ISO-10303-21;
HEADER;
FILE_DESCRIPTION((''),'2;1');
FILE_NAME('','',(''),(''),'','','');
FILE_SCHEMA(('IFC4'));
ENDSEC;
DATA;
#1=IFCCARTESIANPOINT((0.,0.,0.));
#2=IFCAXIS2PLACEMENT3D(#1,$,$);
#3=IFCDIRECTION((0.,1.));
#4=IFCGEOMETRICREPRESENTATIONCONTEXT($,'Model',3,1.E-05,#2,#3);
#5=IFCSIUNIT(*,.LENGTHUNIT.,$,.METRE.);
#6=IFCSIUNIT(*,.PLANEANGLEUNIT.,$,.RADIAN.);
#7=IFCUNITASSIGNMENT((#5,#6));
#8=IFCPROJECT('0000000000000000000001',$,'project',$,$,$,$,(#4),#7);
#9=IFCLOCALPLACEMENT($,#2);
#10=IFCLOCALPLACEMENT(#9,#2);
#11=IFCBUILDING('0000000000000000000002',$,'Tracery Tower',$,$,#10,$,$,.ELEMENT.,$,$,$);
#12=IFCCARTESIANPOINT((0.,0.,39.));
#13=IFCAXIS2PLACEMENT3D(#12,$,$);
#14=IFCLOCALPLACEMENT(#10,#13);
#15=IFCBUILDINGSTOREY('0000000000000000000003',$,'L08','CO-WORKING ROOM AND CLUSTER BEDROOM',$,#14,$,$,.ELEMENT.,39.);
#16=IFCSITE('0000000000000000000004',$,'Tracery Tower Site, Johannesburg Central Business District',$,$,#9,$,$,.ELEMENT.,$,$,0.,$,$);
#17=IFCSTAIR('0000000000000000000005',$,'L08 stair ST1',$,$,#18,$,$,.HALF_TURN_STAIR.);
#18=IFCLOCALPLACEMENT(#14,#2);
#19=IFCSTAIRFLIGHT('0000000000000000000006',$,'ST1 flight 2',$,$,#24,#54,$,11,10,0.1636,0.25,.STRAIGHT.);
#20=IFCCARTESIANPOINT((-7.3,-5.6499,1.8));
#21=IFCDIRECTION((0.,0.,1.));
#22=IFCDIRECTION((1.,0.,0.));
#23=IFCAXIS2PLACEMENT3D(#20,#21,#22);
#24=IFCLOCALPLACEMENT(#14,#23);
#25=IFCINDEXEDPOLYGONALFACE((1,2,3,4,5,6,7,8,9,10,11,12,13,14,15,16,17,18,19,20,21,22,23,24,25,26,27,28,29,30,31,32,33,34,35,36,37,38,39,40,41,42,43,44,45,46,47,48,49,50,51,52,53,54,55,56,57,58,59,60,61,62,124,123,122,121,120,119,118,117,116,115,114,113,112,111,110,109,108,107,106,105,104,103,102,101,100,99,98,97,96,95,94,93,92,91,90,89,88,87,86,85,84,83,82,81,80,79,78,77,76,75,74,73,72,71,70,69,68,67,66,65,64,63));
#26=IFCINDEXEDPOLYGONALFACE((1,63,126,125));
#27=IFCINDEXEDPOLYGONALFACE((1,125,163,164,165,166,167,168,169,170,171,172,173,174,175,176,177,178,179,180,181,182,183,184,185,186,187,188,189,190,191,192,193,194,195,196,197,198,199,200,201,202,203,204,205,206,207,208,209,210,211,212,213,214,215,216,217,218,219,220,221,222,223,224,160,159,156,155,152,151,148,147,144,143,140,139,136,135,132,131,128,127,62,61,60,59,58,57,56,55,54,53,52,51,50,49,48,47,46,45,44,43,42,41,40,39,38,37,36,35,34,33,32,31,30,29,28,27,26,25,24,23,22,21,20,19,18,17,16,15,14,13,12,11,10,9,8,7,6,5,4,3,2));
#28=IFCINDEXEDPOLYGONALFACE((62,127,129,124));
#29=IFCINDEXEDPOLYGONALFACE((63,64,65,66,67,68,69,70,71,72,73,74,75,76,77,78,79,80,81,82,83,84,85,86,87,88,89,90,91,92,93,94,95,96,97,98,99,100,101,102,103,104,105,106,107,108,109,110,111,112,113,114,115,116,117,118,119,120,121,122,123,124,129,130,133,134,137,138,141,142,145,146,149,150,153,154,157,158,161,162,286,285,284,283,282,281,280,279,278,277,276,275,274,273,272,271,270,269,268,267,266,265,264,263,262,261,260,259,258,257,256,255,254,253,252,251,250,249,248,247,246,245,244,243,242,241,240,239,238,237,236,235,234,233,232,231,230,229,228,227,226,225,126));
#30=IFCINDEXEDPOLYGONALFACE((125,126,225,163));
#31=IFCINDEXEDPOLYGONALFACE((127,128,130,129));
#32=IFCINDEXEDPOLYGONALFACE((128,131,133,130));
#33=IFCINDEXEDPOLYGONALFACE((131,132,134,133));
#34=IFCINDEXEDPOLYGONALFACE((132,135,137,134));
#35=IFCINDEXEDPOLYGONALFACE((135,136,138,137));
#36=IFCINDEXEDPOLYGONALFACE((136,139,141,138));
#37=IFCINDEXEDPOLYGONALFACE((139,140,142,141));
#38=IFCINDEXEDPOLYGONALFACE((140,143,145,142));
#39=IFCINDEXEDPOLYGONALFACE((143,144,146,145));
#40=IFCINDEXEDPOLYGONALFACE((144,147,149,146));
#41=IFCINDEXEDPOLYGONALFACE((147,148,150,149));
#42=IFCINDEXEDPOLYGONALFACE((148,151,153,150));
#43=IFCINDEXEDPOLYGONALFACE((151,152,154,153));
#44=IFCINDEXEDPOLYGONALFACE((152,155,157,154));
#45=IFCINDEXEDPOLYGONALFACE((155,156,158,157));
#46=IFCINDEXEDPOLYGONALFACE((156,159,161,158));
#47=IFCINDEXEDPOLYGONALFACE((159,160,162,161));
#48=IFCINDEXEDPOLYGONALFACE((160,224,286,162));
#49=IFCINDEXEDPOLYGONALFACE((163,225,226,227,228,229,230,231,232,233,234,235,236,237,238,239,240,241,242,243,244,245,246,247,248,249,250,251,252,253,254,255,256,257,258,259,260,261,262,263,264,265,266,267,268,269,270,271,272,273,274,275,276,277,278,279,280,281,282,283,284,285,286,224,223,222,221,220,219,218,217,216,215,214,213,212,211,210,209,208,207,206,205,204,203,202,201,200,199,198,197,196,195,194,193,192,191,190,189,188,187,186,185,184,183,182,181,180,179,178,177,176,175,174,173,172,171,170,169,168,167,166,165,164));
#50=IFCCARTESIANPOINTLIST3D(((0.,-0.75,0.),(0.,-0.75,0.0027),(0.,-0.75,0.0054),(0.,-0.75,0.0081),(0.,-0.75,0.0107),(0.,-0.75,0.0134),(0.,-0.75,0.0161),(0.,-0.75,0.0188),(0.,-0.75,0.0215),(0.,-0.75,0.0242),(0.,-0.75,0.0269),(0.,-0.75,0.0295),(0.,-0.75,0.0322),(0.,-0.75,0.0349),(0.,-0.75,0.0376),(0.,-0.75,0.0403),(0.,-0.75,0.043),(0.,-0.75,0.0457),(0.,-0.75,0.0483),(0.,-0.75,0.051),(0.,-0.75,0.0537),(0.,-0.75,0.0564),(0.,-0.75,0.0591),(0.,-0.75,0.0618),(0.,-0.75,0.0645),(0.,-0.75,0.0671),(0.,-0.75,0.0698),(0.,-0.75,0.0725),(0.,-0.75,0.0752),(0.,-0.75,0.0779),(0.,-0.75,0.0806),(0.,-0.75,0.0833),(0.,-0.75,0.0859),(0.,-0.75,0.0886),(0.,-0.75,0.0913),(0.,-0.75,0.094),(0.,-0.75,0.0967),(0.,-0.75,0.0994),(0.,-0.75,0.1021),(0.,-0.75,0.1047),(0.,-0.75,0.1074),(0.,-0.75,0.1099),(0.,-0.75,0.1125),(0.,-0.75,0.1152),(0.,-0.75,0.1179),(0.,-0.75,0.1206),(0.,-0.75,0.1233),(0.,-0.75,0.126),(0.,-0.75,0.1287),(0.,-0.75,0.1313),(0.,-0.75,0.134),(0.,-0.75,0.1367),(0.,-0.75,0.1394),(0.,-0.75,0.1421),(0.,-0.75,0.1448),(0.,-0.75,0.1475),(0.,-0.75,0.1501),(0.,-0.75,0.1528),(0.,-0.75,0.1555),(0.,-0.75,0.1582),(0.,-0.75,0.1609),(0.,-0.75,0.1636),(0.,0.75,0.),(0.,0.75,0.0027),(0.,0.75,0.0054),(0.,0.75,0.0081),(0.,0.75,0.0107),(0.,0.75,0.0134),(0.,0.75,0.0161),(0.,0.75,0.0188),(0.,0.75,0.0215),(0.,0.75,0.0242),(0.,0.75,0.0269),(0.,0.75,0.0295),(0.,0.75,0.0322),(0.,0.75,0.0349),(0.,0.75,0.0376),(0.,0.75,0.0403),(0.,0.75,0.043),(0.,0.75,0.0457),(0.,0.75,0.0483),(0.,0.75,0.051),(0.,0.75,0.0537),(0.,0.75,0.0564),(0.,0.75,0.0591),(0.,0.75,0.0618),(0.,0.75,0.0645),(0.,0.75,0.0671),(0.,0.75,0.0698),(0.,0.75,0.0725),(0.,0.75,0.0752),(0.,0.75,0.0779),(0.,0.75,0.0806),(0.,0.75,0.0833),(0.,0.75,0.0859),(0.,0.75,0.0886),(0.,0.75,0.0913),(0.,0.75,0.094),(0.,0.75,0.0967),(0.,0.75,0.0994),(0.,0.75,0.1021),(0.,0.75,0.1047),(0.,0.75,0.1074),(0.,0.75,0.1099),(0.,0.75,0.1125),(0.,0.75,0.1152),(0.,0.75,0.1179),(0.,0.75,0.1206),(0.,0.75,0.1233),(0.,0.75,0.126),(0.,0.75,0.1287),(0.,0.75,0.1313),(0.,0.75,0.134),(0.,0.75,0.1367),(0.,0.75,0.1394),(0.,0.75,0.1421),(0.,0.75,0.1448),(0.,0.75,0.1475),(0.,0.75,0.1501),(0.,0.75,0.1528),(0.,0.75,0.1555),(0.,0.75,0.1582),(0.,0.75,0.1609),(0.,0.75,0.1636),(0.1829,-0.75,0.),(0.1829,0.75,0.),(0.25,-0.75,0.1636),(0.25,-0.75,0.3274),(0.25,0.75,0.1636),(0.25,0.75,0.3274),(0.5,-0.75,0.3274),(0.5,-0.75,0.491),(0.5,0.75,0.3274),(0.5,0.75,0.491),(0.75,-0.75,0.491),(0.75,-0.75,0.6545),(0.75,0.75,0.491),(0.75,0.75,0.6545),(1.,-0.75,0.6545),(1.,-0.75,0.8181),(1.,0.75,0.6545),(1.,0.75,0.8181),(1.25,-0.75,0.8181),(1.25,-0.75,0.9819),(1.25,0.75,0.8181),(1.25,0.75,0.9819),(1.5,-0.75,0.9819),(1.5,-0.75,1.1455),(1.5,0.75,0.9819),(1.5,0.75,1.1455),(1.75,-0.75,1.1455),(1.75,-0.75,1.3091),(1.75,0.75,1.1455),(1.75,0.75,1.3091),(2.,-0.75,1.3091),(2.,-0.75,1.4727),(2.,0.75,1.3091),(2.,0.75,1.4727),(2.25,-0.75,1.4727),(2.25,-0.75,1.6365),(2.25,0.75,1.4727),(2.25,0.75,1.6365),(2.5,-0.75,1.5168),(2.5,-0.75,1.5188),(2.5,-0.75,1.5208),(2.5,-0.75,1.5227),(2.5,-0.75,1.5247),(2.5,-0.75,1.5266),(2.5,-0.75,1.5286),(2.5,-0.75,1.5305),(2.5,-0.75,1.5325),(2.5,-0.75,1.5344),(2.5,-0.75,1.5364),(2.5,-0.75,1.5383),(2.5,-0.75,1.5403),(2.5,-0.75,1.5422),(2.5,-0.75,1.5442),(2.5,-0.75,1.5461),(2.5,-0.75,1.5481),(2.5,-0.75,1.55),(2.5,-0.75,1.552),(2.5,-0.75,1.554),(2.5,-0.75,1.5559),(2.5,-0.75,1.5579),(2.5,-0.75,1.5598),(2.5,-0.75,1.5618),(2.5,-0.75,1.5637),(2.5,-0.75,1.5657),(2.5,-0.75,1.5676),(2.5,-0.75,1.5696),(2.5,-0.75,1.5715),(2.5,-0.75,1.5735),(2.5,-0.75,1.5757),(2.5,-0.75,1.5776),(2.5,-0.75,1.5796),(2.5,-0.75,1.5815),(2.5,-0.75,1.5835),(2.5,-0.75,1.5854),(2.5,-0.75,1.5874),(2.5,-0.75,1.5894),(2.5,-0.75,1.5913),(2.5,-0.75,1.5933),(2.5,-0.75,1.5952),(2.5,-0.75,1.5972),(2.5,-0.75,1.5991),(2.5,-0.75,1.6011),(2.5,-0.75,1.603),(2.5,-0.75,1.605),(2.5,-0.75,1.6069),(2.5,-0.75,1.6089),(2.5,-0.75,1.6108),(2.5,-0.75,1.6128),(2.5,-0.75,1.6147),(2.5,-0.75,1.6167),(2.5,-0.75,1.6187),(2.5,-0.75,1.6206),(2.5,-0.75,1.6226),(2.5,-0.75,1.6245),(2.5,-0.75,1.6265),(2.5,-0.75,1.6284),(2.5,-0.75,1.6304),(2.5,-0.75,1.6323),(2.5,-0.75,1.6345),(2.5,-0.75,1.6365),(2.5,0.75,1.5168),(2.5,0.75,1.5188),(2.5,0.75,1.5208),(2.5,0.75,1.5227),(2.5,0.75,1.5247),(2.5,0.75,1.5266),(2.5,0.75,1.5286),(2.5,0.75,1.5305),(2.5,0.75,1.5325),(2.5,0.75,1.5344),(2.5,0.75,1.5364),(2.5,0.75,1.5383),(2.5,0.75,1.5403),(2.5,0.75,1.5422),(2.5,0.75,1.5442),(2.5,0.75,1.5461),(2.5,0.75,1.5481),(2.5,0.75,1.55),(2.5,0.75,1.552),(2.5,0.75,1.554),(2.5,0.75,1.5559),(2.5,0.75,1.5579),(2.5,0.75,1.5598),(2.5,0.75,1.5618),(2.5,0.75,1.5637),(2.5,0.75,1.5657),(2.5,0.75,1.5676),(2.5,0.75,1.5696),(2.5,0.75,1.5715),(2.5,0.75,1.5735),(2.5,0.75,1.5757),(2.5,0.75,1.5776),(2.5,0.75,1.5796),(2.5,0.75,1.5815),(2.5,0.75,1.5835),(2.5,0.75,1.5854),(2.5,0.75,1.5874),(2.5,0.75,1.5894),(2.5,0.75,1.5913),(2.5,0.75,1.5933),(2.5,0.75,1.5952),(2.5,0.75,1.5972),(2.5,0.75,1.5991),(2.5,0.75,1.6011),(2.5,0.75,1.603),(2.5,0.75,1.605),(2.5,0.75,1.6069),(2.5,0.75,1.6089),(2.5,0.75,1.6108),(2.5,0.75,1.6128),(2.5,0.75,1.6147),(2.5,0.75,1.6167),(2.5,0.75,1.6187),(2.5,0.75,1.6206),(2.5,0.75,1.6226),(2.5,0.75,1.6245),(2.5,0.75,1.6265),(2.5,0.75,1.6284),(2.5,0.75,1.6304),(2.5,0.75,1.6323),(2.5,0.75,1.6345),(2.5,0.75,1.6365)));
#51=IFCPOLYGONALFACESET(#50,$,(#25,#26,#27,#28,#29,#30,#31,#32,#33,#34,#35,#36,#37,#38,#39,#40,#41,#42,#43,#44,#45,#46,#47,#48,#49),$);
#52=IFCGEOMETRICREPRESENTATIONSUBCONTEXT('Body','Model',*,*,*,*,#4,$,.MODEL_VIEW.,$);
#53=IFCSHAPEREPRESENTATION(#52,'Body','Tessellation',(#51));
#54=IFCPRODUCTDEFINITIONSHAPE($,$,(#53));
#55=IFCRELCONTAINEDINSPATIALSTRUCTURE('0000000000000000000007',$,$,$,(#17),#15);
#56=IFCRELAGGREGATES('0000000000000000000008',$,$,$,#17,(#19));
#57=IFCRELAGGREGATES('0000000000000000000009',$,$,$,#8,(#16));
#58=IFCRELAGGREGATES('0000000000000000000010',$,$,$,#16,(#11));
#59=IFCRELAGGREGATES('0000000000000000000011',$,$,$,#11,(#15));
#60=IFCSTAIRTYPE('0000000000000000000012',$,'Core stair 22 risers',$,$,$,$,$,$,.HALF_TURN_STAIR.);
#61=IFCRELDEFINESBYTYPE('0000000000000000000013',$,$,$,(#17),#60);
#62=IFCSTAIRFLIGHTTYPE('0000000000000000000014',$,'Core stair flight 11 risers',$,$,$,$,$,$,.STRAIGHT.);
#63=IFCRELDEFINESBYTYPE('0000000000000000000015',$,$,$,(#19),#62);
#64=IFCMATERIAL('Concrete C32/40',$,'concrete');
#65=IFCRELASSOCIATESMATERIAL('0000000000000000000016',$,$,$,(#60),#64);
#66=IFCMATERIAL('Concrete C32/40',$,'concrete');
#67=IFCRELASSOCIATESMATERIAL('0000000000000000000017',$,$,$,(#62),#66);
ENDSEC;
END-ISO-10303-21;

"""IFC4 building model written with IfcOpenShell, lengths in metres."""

from ifc_helpers import new_model, si_unit, direction, frame, origin, place, context, subcontext, project, spatial, polyline, outline, extrude, material, type_object, element, aggregate, save


model = new_model("IFC4")

# Units and contexts
model_context = context("Model", 3, precision=1e-05, world=origin(), true_north=direction((0.0, 1.0)))
body_context = subcontext(model_context, "Body", "Model", "MODEL_VIEW")
ifc_project = project(units=[si_unit("LENGTHUNIT", "METRE"), si_unit("PLANEANGLEUNIT", "RADIAN")], contexts=[model_context])

# Site, building, storey
site_placement = place(None, origin())
site = spatial("IfcSite", under=ifc_project, at=site_placement, Name="Tracery Tower Site, Johannesburg Central Business District", CompositionType="ELEMENT", RefElevation=0.0)
building_placement = place(site_placement, origin())
building = spatial("IfcBuilding", under=site, at=building_placement, Name="Tracery Tower", CompositionType="ELEMENT")
storey_placement = place(building_placement, frame((0.0, 0.0, 39.0)))
storey = spatial("IfcBuildingStorey", under=building, at=storey_placement, Name="L08", Description="CO-WORKING ROOM AND CLUSTER BEDROOM", CompositionType="ELEMENT", Elevation=39.0)

# Stair
ifc_material_1 = material(Name="Concrete C32/40", Category="concrete")
stair_type = type_object("IfcStairType", Name="Core stair 22 risers", PredefinedType="HALF_TURN_STAIR", material=ifc_material_1)
stair_1_placement = place(storey_placement, origin())
stair_1 = element("IfcStair", 1, at=stair_1_placement, inside=storey, type_object=stair_type, Name="L08 stair ST1", PredefinedType="HALF_TURN_STAIR")

# Stair flight
ifc_material_2 = material(Name="Concrete C32/40", Category="concrete")
stair_flight_type = type_object("IfcStairFlightType", Name="Core stair flight 11 risers", PredefinedType="STRAIGHT", material=ifc_material_2)
stair_flight_1_placement = place(storey_placement, frame((-7.3, -5.6499, 1.8), z_axis=(0.0, 0.0, 1.0), x_axis=(1.0, 0.0, 0.0)))
stair_flight_1 = element("IfcStairFlight", 2, at=stair_flight_1_placement, type_object=stair_flight_type, Name="ST1 flight 2", NumberOfRisers=11, NumberOfTreads=10, PredefinedType="STRAIGHT", RiserHeight=0.1636, TreadLength=0.25, context=body_context, shape_type="SweptSolid", body=[
    extrude(outline(polyline([(0.0, 0.0), (0.0, 0.0027), (0.0, 0.0054), (0.0, 0.0081), (0.0, 0.0107), (0.0, 0.0134), (0.0, 0.0161), (0.0, 0.0188), (0.0, 0.0215), (0.0, 0.0242), (0.0, 0.0269), (0.0, 0.0295), (0.0, 0.0322), (0.0, 0.0349), (0.0, 0.0376), (0.0, 0.0403), (0.0, 0.043), (0.0, 0.0457), (0.0, 0.0483), (0.0, 0.051), (0.0, 0.0537), (0.0, 0.0564), (0.0, 0.0591), (0.0, 0.0618), (0.0, 0.0645), (0.0, 0.0671), (0.0, 0.0698), (0.0, 0.0725), (0.0, 0.0752), (0.0, 0.0779), (0.0, 0.0806), (0.0, 0.0833), (0.0, 0.0859), (0.0, 0.0886), (0.0, 0.0913), (0.0, 0.094), (0.0, 0.0967), (0.0, 0.0994), (0.0, 0.1021), (0.0, 0.1047), (0.0, 0.1074), (0.0, 0.1099), (0.0, 0.1125), (0.0, 0.1152), (0.0, 0.1179), (0.0, 0.1206), (0.0, 0.1233), (0.0, 0.126), (0.0, 0.1287), (0.0, 0.1313), (0.0, 0.134), (0.0, 0.1367), (0.0, 0.1394), (0.0, 0.1421), (0.0, 0.1448), (0.0, 0.1475), (0.0, 0.1501), (0.0, 0.1528), (0.0, 0.1555), (0.0, 0.1582), (0.0, 0.1609), (0.0, 0.1636), (0.25, 0.1636), (0.25, 0.3274), (0.5, 0.3274), (0.5, 0.491), (0.75, 0.491), (0.75, 0.6545), (1.0, 0.6545), (1.0, 0.8181), (1.25, 0.8181), (1.25, 0.9819), (1.5, 0.9819), (1.5, 1.1455), (1.75, 1.1455), (1.75, 1.3091), (2.0, 1.3091), (2.0, 1.4727), (2.25, 1.4727), (2.25, 1.6365), (2.5, 1.6365), (2.5, 1.6345), (2.5, 1.6323), (2.5, 1.6304), (2.5, 1.6284), (2.5, 1.6265), (2.5, 1.6245), (2.5, 1.6226), (2.5, 1.6206), (2.5, 1.6187), (2.5, 1.6167), (2.5, 1.6147), (2.5, 1.6128), (2.5, 1.6108), (2.5, 1.6089), (2.5, 1.6069), (2.5, 1.605), (2.5, 1.603), (2.5, 1.6011), (2.5, 1.5991), (2.5, 1.5972), (2.5, 1.5952), (2.5, 1.5933), (2.5, 1.5913), (2.5, 1.5894), (2.5, 1.5874), (2.5, 1.5854), (2.5, 1.5835), (2.5, 1.5815), (2.5, 1.5796), (2.5, 1.5776), (2.5, 1.5757), (2.5, 1.5735), (2.5, 1.5715), (2.5, 1.5696), (2.5, 1.5676), (2.5, 1.5657), (2.5, 1.5637), (2.5, 1.5618), (2.5, 1.5598), (2.5, 1.5579), (2.5, 1.5559), (2.5, 1.554), (2.5, 1.552), (2.5, 1.55), (2.5, 1.5481), (2.5, 1.5461), (2.5, 1.5442), (2.5, 1.5422), (2.5, 1.5403), (2.5, 1.5383), (2.5, 1.5364), (2.5, 1.5344), (2.5, 1.5325), (2.5, 1.5305), (2.5, 1.5286), (2.5, 1.5266), (2.5, 1.5247), (2.5, 1.5227), (2.5, 1.5208), (2.5, 1.5188), (2.5, 1.5168), (0.1829, 0.0), (0.0, 0.0)])), frame((0.0, 0.75, 0.0), z_axis=(0.0, -1.0, 0.0), x_axis=(1.0, 0.0, 0.0)), (0.0, 0.0, 1.0), 1.5),
])
aggregate(stair_1, [stair_flight_1])

save(model, "model.ifc")
